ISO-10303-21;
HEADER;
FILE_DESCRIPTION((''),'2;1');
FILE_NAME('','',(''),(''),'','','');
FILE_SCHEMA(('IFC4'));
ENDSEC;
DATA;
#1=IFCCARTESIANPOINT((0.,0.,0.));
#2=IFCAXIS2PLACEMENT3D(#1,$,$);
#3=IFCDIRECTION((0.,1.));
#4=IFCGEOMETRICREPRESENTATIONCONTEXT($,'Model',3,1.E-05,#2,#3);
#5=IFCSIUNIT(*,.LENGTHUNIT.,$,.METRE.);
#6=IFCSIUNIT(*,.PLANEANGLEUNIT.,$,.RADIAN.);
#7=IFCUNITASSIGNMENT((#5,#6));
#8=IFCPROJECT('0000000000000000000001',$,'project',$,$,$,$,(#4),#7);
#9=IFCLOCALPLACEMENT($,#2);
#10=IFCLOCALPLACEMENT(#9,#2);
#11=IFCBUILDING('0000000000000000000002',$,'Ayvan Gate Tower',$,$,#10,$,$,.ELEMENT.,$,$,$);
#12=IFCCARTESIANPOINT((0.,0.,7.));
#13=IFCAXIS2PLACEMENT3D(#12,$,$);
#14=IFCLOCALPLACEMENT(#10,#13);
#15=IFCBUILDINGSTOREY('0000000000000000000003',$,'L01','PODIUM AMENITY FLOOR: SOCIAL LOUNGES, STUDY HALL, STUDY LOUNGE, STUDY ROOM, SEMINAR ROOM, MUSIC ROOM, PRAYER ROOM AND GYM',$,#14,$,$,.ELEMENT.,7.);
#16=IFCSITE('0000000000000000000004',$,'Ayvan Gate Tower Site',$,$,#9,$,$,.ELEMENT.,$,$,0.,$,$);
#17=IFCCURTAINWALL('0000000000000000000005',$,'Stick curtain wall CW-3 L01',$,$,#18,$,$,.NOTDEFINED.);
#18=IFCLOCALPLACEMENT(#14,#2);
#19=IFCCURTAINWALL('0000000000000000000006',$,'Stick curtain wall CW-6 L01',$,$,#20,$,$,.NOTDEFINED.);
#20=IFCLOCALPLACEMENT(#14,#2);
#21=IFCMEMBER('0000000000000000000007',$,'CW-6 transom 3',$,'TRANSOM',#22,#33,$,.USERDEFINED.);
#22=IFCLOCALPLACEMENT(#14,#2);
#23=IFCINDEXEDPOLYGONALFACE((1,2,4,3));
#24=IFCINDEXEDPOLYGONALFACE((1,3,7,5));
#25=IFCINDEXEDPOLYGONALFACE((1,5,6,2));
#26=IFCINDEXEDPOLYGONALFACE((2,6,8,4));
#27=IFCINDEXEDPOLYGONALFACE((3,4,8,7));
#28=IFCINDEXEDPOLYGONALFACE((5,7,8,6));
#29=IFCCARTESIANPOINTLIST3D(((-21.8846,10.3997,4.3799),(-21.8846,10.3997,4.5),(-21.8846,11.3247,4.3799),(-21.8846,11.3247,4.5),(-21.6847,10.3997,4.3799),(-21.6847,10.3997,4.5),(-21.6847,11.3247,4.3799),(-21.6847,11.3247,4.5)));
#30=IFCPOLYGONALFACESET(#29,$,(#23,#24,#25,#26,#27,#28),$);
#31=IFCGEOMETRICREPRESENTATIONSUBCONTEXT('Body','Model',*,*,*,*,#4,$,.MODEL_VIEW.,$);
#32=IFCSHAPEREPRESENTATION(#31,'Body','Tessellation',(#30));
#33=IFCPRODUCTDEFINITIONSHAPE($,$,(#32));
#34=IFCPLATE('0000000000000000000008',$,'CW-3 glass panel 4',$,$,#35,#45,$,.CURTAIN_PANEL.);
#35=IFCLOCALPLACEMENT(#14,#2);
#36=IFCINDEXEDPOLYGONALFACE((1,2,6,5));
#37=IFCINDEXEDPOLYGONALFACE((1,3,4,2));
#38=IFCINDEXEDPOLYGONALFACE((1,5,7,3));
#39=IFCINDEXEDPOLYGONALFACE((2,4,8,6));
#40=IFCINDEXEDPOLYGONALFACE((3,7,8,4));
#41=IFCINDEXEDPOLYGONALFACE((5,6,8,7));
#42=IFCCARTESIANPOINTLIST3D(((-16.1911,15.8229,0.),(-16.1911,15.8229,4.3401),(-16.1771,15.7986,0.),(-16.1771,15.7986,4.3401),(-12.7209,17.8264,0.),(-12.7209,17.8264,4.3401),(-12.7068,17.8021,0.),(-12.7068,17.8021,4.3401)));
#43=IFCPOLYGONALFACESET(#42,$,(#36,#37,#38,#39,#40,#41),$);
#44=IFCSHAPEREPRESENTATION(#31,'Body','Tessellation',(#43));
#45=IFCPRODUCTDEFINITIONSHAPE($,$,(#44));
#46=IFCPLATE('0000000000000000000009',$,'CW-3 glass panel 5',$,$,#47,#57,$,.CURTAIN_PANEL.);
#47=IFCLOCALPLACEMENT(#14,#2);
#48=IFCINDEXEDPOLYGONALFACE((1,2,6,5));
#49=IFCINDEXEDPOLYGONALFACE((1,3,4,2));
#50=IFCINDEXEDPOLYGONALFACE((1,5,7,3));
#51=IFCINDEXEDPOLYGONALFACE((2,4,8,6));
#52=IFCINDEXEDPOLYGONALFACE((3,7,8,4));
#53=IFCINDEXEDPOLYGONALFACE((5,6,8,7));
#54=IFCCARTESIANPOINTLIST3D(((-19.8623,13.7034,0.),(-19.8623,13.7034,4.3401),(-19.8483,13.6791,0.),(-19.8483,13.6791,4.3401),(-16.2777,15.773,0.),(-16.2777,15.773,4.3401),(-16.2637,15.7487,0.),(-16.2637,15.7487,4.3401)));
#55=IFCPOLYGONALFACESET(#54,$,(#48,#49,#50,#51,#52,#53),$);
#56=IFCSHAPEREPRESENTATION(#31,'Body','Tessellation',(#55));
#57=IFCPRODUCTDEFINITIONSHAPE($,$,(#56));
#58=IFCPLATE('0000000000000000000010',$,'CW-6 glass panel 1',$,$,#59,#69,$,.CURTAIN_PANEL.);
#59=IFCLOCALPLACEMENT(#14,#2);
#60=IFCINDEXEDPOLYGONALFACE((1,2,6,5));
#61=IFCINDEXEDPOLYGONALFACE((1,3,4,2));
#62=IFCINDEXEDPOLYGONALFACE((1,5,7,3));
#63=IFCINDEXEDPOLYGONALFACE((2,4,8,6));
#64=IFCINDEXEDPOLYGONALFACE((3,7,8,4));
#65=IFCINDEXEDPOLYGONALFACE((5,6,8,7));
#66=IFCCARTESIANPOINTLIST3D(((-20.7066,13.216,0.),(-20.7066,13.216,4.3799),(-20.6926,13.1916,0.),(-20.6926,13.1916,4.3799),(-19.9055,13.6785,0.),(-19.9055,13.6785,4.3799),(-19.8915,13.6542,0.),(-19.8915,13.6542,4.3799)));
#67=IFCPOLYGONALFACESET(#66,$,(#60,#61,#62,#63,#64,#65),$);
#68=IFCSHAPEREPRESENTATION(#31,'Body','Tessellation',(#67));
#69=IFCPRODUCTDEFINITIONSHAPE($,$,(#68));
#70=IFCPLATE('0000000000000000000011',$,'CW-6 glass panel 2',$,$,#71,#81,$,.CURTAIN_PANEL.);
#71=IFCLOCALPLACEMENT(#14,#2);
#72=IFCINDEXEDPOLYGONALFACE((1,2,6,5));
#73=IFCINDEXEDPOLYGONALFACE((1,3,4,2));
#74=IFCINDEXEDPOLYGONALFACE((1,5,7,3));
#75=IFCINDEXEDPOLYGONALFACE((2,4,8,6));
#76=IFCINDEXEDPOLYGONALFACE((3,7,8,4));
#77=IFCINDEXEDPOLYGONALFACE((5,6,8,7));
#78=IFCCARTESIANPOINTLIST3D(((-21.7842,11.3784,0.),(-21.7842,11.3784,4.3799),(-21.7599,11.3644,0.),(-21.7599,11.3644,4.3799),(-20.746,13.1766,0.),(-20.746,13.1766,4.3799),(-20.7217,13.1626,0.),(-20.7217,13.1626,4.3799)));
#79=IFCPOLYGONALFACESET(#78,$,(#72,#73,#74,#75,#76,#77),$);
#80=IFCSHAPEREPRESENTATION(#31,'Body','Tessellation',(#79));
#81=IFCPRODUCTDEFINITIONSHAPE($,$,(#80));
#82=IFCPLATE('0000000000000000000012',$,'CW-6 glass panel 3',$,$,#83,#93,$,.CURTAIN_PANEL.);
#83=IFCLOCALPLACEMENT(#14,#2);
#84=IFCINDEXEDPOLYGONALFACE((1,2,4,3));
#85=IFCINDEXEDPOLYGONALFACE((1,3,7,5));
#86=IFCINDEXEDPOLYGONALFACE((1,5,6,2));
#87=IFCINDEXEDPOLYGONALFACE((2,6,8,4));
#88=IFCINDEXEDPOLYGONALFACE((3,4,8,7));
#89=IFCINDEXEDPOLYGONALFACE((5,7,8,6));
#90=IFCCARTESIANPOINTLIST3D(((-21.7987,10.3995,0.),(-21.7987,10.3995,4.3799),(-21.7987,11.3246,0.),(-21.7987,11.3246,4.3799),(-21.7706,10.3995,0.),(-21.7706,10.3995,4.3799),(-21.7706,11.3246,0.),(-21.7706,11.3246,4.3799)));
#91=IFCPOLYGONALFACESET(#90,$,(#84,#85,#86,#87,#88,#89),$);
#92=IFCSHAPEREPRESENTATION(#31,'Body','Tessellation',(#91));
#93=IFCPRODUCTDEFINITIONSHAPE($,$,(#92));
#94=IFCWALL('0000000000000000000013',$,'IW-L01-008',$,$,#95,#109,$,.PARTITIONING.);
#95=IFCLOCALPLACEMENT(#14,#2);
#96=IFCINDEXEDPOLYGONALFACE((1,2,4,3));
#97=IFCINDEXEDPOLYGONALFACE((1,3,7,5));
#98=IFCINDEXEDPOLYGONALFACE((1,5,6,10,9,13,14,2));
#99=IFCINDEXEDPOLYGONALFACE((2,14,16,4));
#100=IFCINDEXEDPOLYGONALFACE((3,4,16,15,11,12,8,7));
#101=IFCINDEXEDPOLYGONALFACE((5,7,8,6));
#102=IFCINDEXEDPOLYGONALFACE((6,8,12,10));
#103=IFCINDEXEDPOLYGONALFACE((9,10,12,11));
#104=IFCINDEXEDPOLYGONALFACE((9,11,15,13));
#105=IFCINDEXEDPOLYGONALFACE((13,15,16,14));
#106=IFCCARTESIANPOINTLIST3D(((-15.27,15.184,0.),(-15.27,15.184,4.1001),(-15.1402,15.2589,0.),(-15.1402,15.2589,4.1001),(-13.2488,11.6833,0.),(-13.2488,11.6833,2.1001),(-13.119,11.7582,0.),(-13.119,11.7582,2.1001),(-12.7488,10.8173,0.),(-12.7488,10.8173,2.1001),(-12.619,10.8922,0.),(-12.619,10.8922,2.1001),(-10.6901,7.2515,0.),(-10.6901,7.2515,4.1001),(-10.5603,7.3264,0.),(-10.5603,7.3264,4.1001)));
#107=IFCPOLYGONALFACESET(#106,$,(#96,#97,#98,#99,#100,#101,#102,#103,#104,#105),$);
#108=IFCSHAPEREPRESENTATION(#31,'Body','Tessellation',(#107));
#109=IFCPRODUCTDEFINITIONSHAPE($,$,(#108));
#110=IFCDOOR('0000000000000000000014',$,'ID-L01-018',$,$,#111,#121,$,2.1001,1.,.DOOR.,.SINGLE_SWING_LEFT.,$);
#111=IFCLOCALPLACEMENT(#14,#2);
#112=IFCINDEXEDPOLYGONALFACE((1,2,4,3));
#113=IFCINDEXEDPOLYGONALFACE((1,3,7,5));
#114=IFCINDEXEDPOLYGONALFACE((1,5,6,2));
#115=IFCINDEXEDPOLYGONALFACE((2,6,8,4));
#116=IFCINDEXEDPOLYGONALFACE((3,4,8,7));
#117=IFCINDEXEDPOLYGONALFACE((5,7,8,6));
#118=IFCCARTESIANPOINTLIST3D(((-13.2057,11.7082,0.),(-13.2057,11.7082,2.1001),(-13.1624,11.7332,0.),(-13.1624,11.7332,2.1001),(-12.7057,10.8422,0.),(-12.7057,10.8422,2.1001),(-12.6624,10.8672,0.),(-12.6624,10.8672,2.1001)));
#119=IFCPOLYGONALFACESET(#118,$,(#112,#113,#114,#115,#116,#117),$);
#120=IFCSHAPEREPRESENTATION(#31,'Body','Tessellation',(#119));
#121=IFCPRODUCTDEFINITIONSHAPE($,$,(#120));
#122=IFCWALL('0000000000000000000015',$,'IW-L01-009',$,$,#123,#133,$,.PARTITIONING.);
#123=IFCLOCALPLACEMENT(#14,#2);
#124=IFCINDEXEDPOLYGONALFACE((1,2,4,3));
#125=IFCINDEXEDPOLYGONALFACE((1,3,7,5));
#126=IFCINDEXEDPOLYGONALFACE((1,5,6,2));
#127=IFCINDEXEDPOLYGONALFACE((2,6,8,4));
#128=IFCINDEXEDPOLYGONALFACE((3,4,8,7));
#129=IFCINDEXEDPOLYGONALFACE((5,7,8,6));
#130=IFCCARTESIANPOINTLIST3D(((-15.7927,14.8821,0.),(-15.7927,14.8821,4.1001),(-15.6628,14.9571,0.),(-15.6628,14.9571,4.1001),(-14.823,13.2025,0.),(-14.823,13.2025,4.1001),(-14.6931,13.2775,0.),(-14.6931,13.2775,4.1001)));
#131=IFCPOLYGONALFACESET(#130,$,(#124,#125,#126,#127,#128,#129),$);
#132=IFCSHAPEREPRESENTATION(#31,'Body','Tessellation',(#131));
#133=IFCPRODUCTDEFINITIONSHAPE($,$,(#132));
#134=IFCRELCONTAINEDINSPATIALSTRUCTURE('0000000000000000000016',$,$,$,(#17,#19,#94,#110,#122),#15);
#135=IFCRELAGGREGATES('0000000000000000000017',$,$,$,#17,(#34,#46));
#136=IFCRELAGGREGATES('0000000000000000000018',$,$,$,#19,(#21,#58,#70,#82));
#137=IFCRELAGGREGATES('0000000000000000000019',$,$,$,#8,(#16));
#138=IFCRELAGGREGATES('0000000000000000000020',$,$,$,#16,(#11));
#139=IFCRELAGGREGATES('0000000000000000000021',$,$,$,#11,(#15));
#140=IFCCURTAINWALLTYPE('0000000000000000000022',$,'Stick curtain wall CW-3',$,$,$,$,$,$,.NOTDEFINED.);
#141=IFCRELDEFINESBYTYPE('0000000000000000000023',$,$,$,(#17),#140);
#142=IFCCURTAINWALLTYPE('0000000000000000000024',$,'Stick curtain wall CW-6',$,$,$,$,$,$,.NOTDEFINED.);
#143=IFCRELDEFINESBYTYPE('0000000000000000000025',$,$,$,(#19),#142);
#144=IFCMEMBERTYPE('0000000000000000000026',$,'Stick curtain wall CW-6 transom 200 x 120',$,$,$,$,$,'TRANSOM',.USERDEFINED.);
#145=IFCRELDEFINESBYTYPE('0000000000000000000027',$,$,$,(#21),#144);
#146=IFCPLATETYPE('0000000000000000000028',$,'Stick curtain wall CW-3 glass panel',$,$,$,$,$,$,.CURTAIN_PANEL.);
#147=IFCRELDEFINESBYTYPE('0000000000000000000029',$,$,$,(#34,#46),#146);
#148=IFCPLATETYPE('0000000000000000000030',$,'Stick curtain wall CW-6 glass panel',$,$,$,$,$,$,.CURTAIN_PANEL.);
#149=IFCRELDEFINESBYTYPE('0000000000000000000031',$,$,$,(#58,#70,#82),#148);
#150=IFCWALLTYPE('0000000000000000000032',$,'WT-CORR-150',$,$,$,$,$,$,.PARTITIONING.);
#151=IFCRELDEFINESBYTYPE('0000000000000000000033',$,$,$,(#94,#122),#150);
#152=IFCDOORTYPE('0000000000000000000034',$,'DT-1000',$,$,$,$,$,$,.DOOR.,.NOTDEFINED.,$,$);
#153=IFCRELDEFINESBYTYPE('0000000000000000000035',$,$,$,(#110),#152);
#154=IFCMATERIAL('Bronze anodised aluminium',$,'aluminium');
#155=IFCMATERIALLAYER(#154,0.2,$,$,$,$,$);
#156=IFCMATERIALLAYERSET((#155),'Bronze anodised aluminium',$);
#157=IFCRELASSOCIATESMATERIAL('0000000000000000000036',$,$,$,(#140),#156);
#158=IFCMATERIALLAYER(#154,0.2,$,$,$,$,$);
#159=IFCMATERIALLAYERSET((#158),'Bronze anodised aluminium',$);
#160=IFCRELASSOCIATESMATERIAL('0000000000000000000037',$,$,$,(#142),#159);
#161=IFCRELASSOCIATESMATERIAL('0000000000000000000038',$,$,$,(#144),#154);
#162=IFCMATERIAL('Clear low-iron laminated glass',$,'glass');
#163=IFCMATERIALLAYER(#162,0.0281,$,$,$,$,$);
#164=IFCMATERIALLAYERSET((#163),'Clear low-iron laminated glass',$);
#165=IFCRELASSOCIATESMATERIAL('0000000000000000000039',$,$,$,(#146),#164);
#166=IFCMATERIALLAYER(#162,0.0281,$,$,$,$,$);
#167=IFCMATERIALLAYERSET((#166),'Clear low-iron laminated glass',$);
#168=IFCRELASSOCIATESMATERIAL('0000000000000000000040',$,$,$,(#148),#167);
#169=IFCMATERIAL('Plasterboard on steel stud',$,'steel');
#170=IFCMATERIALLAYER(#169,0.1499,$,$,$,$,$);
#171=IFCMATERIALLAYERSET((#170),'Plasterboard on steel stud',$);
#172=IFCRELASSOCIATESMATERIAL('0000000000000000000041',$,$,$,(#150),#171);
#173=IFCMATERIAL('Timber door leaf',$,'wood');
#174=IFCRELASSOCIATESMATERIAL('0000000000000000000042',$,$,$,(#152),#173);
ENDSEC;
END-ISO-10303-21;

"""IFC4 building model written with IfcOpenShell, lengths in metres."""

from ifc_helpers import new_model, si_unit, direction, frame, frame_2d, origin, origin_2d, place, context, subcontext, project, spatial, rectangle, extrude, material, layer, layer_set, material_profile, profile_set, type_object, element, fill, aggregate, save


model = new_model("IFC4")

# Units and contexts
model_context = context("Model", 3, precision=1e-05, world=origin(), true_north=direction((0.0, 1.0)))
body_context = subcontext(model_context, "Body", "Model", "MODEL_VIEW")
ifc_project = project(units=[si_unit("LENGTHUNIT", "METRE"), si_unit("PLANEANGLEUNIT", "RADIAN")], contexts=[model_context])

# Site, building, storey
site_placement = place(None, origin())
site = spatial("IfcSite", under=ifc_project, at=site_placement, Name="Ayvan Gate Tower Site", CompositionType="ELEMENT", RefElevation=0.0)
building_placement = place(site_placement, origin())
building = spatial("IfcBuilding", under=site, at=building_placement, Name="Ayvan Gate Tower", CompositionType="ELEMENT")
storey_placement = place(building_placement, frame((0.0, 0.0, 7.0)))
storey = spatial("IfcBuildingStorey", under=building, at=storey_placement, Name="L01", Description="PODIUM AMENITY FLOOR: SOCIAL LOUNGES, STUDY HALL, STUDY LOUNGE, STUDY ROOM, SEMINAR ROOM, MUSIC ROOM, PRAYER ROOM AND GYM", CompositionType="ELEMENT", Elevation=7.0)

# Curtain walls, member
ifc_material_1 = material(Name="Bronze anodised aluminium", Category="aluminium")
ifc_layer_1 = layer(ifc_material_1, 0.2)
ifc_layer_set_1 = layer_set([ifc_layer_1], Name="Bronze anodised aluminium")
curtain_wall_type_1 = type_object("IfcCurtainWallType", Name="Stick curtain wall CW-3", PredefinedType="NOTDEFINED", material=ifc_layer_set_1)
curtain_wall_1_placement = place(storey_placement, origin())
curtain_wall_1 = element("IfcCurtainWall", 1, at=curtain_wall_1_placement, inside=storey, type_object=curtain_wall_type_1, Name="Stick curtain wall CW-3 L01", PredefinedType="NOTDEFINED")
ifc_layer_2 = layer(ifc_material_1, 0.2)
ifc_layer_set_2 = layer_set([ifc_layer_2], Name="Bronze anodised aluminium")
curtain_wall_type_2 = type_object("IfcCurtainWallType", Name="Stick curtain wall CW-6", PredefinedType="NOTDEFINED", material=ifc_layer_set_2)
curtain_wall_2_placement = place(storey_placement, origin())
curtain_wall_2 = element("IfcCurtainWall", 2, at=curtain_wall_2_placement, inside=storey, type_object=curtain_wall_type_2, Name="Stick curtain wall CW-6 L01", PredefinedType="NOTDEFINED")
ifc_material_profile_1 = material_profile(ifc_material_1, rectangle(XDim=0.2, YDim=0.1201, at=origin_2d()), Name="Stick curtain wall CW-6 transom 200 x 120")
ifc_profile_set_1 = profile_set([ifc_material_profile_1], Name="Bronze anodised aluminium")
member_type_1 = type_object("IfcMemberType", Name="Stick curtain wall CW-6 transom 200 x 120", ElementType="TRANSOM", PredefinedType="USERDEFINED", material=ifc_profile_set_1)
member_1_placement = place(storey_placement, frame((-21.7847, 11.3247, 4.4399), z_axis=(0.0, -1.0, 0.0), x_axis=(1.0, 0.0, 0.0)))
member_1 = element("IfcMember", 3, at=member_1_placement, type_object=member_type_1, Name="CW-6 transom 3", ObjectType="TRANSOM", PredefinedType="USERDEFINED", context=body_context, shape_type="SweptSolid", body=[
    extrude(rectangle(XDim=0.2, YDim=0.1201, at=origin_2d()), origin(), (0.0, 0.0, 1.0), 0.925),
])

# Plates
ifc_material_2 = material(Name="Clear low-iron laminated glass", Category="glass")
ifc_layer_3 = layer(ifc_material_2, 0.0281)
ifc_layer_set_3 = layer_set([ifc_layer_3], Name="Clear low-iron laminated glass")
plate_type_1 = type_object("IfcPlateType", Name="Stick curtain wall CW-3 glass panel", PredefinedType="CURTAIN_PANEL", material=ifc_layer_set_3)
plate_1_placement = place(storey_placement, frame((-14.449, 16.8125, 0.0), z_axis=(0.0, 0.0, 1.0), x_axis=(-0.866025, -0.5, 0.0)))
plate_1 = element("IfcPlate", 4, at=plate_1_placement, type_object=plate_type_1, Name="CW-3 glass panel 4", PredefinedType="CURTAIN_PANEL", context=body_context, shape_type="SweptSolid", body=[
    extrude(rectangle(XDim=4.0071, YDim=0.0281, at=origin_2d()), origin(), (0.0, 0.0, 1.0), 4.3401),
])
plate_2_placement = place(storey_placement, frame((-18.063, 14.7261, 0.0), z_axis=(0.0, 0.0, 1.0), x_axis=(-0.866025, -0.5, 0.0)))
plate_2 = element("IfcPlate", 5, at=plate_2_placement, type_object=plate_type_1, Name="CW-3 glass panel 5", PredefinedType="CURTAIN_PANEL", context=body_context, shape_type="SweptSolid", body=[
    extrude(rectangle(XDim=4.1392, YDim=0.0281, at=origin_2d()), origin(), (0.0, 0.0, 1.0), 4.3401),
])
aggregate(curtain_wall_1, [plate_1, plate_2])
ifc_layer_4 = layer(ifc_material_2, 0.0281)
ifc_layer_set_4 = layer_set([ifc_layer_4], Name="Clear low-iron laminated glass")
plate_type_2 = type_object("IfcPlateType", Name="Stick curtain wall CW-6 glass panel", PredefinedType="CURTAIN_PANEL", material=ifc_layer_set_4)
plate_3_placement = place(storey_placement, frame((-20.2991, 13.4351, 0.0), z_axis=(0.0, 0.0, 1.0), x_axis=(-0.866025, -0.5, 0.0)))
plate_3 = element("IfcPlate", 6, at=plate_3_placement, type_object=plate_type_2, Name="CW-6 glass panel 1", PredefinedType="CURTAIN_PANEL", context=body_context, shape_type="SweptSolid", body=[
    extrude(rectangle(XDim=0.925, YDim=0.0281, at=origin_2d()), origin(), (0.0, 0.0, 1.0), 4.3799),
])
plate_4_placement = place(storey_placement, frame((-21.2529, 12.2705, 0.0), z_axis=(0.0, 0.0, 1.0), x_axis=(-0.5, -0.866025, 0.0)))
plate_4 = element("IfcPlate", 7, at=plate_4_placement, type_object=plate_type_2, Name="CW-6 glass panel 2", PredefinedType="CURTAIN_PANEL", context=body_context, shape_type="SweptSolid", body=[
    extrude(rectangle(XDim=2.0764, YDim=0.0281, at=origin_2d()), origin(), (0.0, 0.0, 1.0), 4.3799),
])
plate_5_placement = place(storey_placement, frame((-21.7847, 10.8621, 0.0), z_axis=(0.0, 0.0, 1.0), x_axis=(0.0, -1.0, 0.0)))
plate_5 = element("IfcPlate", 8, at=plate_5_placement, type_object=plate_type_2, Name="CW-6 glass panel 3", PredefinedType="CURTAIN_PANEL", context=body_context, shape_type="SweptSolid", body=[
    extrude(rectangle(XDim=0.925, YDim=0.0281, at=origin_2d()), origin(), (0.0, 0.0, 1.0), 4.3799),
])
aggregate(curtain_wall_2, [member_1, plate_3, plate_4, plate_5])

# Wall, opening, door
ifc_material_3 = material(Name="Plasterboard on steel stud", Category="steel")
ifc_layer_5 = layer(ifc_material_3, 0.1499)
ifc_layer_set_5 = layer_set([ifc_layer_5], Name="Plasterboard on steel stud")
wall_type = type_object("IfcWallType", Name="WT-CORR-150", PredefinedType="PARTITIONING", material=ifc_layer_set_5)
wall_1_placement = place(storey_placement, frame((-15.2051, 15.2214, 0.0), z_axis=(0.0, 0.0, 1.0), x_axis=(0.500006, -0.866022, 0.0)))
wall_1 = element("IfcWall", 9, at=wall_1_placement, inside=storey, type_object=wall_type, Name="IW-L01-008", PredefinedType="PARTITIONING", context=body_context, shape_type="SweptSolid", body=[
    extrude(rectangle(XDim=9.1597, YDim=0.1499, at=frame_2d((4.5798, 0.0))), origin(), (0.0, 0.0, 1.0), 4.1001),
])
opening_placement = place(wall_1_placement, frame((4.0422, 0.0, 0.0)))
opening = element("IfcOpeningElement", 10, at=opening_placement, cuts=wall_1, PredefinedType="OPENING", context=body_context, shape_type="SweptSolid", body=[
    extrude(rectangle(XDim=1.0, YDim=2.1001, at=frame_2d((0.5, 1.05))), frame((0.0, 0.085, 0.0), z_axis=(0.0, -1.0, 0.0), x_axis=(1.0, 0.0, 0.0)), (0.0, 0.0, 1.0), 0.1699),
])
ifc_material_4 = material(Name="Timber door leaf", Category="wood")
door_type = type_object("IfcDoorType", Name="DT-1000", OperationType="NOTDEFINED", PredefinedType="DOOR", material=ifc_material_4)
door_placement = place(opening_placement, origin())
door = element("IfcDoor", 11, at=door_placement, inside=storey, type_object=door_type, Name="ID-L01-018", OperationType="SINGLE_SWING_LEFT", OverallHeight=2.1001, OverallWidth=1.0, PredefinedType="DOOR", context=body_context, shape_type="SweptSolid", body=[
    extrude(rectangle(XDim=1.0, YDim=2.1001, at=frame_2d((0.5, 1.05))), frame((0.0, 0.0249, 0.0), z_axis=(0.0, -1.0, 0.0), x_axis=(1.0, 0.0, 0.0)), (0.0, 0.0, 1.0), 0.05),
])
fill(opening, door)

# Wall
wall_2_placement = place(storey_placement, frame((-14.7581, 13.24, 0.0), z_axis=(0.0, 0.0, 1.0), x_axis=(-0.499984, 0.866035, 0.0)))
element("IfcWall", 12, at=wall_2_placement, inside=storey, type_object=wall_type, Name="IW-L01-009", PredefinedType="PARTITIONING", context=body_context, shape_type="SweptSolid", body=[
    extrude(rectangle(XDim=1.9395, YDim=0.1499, at=frame_2d((0.9697, 0.0))), origin(), (0.0, 0.0, 1.0), 4.1001),
])

save(model, "model.ifc")
